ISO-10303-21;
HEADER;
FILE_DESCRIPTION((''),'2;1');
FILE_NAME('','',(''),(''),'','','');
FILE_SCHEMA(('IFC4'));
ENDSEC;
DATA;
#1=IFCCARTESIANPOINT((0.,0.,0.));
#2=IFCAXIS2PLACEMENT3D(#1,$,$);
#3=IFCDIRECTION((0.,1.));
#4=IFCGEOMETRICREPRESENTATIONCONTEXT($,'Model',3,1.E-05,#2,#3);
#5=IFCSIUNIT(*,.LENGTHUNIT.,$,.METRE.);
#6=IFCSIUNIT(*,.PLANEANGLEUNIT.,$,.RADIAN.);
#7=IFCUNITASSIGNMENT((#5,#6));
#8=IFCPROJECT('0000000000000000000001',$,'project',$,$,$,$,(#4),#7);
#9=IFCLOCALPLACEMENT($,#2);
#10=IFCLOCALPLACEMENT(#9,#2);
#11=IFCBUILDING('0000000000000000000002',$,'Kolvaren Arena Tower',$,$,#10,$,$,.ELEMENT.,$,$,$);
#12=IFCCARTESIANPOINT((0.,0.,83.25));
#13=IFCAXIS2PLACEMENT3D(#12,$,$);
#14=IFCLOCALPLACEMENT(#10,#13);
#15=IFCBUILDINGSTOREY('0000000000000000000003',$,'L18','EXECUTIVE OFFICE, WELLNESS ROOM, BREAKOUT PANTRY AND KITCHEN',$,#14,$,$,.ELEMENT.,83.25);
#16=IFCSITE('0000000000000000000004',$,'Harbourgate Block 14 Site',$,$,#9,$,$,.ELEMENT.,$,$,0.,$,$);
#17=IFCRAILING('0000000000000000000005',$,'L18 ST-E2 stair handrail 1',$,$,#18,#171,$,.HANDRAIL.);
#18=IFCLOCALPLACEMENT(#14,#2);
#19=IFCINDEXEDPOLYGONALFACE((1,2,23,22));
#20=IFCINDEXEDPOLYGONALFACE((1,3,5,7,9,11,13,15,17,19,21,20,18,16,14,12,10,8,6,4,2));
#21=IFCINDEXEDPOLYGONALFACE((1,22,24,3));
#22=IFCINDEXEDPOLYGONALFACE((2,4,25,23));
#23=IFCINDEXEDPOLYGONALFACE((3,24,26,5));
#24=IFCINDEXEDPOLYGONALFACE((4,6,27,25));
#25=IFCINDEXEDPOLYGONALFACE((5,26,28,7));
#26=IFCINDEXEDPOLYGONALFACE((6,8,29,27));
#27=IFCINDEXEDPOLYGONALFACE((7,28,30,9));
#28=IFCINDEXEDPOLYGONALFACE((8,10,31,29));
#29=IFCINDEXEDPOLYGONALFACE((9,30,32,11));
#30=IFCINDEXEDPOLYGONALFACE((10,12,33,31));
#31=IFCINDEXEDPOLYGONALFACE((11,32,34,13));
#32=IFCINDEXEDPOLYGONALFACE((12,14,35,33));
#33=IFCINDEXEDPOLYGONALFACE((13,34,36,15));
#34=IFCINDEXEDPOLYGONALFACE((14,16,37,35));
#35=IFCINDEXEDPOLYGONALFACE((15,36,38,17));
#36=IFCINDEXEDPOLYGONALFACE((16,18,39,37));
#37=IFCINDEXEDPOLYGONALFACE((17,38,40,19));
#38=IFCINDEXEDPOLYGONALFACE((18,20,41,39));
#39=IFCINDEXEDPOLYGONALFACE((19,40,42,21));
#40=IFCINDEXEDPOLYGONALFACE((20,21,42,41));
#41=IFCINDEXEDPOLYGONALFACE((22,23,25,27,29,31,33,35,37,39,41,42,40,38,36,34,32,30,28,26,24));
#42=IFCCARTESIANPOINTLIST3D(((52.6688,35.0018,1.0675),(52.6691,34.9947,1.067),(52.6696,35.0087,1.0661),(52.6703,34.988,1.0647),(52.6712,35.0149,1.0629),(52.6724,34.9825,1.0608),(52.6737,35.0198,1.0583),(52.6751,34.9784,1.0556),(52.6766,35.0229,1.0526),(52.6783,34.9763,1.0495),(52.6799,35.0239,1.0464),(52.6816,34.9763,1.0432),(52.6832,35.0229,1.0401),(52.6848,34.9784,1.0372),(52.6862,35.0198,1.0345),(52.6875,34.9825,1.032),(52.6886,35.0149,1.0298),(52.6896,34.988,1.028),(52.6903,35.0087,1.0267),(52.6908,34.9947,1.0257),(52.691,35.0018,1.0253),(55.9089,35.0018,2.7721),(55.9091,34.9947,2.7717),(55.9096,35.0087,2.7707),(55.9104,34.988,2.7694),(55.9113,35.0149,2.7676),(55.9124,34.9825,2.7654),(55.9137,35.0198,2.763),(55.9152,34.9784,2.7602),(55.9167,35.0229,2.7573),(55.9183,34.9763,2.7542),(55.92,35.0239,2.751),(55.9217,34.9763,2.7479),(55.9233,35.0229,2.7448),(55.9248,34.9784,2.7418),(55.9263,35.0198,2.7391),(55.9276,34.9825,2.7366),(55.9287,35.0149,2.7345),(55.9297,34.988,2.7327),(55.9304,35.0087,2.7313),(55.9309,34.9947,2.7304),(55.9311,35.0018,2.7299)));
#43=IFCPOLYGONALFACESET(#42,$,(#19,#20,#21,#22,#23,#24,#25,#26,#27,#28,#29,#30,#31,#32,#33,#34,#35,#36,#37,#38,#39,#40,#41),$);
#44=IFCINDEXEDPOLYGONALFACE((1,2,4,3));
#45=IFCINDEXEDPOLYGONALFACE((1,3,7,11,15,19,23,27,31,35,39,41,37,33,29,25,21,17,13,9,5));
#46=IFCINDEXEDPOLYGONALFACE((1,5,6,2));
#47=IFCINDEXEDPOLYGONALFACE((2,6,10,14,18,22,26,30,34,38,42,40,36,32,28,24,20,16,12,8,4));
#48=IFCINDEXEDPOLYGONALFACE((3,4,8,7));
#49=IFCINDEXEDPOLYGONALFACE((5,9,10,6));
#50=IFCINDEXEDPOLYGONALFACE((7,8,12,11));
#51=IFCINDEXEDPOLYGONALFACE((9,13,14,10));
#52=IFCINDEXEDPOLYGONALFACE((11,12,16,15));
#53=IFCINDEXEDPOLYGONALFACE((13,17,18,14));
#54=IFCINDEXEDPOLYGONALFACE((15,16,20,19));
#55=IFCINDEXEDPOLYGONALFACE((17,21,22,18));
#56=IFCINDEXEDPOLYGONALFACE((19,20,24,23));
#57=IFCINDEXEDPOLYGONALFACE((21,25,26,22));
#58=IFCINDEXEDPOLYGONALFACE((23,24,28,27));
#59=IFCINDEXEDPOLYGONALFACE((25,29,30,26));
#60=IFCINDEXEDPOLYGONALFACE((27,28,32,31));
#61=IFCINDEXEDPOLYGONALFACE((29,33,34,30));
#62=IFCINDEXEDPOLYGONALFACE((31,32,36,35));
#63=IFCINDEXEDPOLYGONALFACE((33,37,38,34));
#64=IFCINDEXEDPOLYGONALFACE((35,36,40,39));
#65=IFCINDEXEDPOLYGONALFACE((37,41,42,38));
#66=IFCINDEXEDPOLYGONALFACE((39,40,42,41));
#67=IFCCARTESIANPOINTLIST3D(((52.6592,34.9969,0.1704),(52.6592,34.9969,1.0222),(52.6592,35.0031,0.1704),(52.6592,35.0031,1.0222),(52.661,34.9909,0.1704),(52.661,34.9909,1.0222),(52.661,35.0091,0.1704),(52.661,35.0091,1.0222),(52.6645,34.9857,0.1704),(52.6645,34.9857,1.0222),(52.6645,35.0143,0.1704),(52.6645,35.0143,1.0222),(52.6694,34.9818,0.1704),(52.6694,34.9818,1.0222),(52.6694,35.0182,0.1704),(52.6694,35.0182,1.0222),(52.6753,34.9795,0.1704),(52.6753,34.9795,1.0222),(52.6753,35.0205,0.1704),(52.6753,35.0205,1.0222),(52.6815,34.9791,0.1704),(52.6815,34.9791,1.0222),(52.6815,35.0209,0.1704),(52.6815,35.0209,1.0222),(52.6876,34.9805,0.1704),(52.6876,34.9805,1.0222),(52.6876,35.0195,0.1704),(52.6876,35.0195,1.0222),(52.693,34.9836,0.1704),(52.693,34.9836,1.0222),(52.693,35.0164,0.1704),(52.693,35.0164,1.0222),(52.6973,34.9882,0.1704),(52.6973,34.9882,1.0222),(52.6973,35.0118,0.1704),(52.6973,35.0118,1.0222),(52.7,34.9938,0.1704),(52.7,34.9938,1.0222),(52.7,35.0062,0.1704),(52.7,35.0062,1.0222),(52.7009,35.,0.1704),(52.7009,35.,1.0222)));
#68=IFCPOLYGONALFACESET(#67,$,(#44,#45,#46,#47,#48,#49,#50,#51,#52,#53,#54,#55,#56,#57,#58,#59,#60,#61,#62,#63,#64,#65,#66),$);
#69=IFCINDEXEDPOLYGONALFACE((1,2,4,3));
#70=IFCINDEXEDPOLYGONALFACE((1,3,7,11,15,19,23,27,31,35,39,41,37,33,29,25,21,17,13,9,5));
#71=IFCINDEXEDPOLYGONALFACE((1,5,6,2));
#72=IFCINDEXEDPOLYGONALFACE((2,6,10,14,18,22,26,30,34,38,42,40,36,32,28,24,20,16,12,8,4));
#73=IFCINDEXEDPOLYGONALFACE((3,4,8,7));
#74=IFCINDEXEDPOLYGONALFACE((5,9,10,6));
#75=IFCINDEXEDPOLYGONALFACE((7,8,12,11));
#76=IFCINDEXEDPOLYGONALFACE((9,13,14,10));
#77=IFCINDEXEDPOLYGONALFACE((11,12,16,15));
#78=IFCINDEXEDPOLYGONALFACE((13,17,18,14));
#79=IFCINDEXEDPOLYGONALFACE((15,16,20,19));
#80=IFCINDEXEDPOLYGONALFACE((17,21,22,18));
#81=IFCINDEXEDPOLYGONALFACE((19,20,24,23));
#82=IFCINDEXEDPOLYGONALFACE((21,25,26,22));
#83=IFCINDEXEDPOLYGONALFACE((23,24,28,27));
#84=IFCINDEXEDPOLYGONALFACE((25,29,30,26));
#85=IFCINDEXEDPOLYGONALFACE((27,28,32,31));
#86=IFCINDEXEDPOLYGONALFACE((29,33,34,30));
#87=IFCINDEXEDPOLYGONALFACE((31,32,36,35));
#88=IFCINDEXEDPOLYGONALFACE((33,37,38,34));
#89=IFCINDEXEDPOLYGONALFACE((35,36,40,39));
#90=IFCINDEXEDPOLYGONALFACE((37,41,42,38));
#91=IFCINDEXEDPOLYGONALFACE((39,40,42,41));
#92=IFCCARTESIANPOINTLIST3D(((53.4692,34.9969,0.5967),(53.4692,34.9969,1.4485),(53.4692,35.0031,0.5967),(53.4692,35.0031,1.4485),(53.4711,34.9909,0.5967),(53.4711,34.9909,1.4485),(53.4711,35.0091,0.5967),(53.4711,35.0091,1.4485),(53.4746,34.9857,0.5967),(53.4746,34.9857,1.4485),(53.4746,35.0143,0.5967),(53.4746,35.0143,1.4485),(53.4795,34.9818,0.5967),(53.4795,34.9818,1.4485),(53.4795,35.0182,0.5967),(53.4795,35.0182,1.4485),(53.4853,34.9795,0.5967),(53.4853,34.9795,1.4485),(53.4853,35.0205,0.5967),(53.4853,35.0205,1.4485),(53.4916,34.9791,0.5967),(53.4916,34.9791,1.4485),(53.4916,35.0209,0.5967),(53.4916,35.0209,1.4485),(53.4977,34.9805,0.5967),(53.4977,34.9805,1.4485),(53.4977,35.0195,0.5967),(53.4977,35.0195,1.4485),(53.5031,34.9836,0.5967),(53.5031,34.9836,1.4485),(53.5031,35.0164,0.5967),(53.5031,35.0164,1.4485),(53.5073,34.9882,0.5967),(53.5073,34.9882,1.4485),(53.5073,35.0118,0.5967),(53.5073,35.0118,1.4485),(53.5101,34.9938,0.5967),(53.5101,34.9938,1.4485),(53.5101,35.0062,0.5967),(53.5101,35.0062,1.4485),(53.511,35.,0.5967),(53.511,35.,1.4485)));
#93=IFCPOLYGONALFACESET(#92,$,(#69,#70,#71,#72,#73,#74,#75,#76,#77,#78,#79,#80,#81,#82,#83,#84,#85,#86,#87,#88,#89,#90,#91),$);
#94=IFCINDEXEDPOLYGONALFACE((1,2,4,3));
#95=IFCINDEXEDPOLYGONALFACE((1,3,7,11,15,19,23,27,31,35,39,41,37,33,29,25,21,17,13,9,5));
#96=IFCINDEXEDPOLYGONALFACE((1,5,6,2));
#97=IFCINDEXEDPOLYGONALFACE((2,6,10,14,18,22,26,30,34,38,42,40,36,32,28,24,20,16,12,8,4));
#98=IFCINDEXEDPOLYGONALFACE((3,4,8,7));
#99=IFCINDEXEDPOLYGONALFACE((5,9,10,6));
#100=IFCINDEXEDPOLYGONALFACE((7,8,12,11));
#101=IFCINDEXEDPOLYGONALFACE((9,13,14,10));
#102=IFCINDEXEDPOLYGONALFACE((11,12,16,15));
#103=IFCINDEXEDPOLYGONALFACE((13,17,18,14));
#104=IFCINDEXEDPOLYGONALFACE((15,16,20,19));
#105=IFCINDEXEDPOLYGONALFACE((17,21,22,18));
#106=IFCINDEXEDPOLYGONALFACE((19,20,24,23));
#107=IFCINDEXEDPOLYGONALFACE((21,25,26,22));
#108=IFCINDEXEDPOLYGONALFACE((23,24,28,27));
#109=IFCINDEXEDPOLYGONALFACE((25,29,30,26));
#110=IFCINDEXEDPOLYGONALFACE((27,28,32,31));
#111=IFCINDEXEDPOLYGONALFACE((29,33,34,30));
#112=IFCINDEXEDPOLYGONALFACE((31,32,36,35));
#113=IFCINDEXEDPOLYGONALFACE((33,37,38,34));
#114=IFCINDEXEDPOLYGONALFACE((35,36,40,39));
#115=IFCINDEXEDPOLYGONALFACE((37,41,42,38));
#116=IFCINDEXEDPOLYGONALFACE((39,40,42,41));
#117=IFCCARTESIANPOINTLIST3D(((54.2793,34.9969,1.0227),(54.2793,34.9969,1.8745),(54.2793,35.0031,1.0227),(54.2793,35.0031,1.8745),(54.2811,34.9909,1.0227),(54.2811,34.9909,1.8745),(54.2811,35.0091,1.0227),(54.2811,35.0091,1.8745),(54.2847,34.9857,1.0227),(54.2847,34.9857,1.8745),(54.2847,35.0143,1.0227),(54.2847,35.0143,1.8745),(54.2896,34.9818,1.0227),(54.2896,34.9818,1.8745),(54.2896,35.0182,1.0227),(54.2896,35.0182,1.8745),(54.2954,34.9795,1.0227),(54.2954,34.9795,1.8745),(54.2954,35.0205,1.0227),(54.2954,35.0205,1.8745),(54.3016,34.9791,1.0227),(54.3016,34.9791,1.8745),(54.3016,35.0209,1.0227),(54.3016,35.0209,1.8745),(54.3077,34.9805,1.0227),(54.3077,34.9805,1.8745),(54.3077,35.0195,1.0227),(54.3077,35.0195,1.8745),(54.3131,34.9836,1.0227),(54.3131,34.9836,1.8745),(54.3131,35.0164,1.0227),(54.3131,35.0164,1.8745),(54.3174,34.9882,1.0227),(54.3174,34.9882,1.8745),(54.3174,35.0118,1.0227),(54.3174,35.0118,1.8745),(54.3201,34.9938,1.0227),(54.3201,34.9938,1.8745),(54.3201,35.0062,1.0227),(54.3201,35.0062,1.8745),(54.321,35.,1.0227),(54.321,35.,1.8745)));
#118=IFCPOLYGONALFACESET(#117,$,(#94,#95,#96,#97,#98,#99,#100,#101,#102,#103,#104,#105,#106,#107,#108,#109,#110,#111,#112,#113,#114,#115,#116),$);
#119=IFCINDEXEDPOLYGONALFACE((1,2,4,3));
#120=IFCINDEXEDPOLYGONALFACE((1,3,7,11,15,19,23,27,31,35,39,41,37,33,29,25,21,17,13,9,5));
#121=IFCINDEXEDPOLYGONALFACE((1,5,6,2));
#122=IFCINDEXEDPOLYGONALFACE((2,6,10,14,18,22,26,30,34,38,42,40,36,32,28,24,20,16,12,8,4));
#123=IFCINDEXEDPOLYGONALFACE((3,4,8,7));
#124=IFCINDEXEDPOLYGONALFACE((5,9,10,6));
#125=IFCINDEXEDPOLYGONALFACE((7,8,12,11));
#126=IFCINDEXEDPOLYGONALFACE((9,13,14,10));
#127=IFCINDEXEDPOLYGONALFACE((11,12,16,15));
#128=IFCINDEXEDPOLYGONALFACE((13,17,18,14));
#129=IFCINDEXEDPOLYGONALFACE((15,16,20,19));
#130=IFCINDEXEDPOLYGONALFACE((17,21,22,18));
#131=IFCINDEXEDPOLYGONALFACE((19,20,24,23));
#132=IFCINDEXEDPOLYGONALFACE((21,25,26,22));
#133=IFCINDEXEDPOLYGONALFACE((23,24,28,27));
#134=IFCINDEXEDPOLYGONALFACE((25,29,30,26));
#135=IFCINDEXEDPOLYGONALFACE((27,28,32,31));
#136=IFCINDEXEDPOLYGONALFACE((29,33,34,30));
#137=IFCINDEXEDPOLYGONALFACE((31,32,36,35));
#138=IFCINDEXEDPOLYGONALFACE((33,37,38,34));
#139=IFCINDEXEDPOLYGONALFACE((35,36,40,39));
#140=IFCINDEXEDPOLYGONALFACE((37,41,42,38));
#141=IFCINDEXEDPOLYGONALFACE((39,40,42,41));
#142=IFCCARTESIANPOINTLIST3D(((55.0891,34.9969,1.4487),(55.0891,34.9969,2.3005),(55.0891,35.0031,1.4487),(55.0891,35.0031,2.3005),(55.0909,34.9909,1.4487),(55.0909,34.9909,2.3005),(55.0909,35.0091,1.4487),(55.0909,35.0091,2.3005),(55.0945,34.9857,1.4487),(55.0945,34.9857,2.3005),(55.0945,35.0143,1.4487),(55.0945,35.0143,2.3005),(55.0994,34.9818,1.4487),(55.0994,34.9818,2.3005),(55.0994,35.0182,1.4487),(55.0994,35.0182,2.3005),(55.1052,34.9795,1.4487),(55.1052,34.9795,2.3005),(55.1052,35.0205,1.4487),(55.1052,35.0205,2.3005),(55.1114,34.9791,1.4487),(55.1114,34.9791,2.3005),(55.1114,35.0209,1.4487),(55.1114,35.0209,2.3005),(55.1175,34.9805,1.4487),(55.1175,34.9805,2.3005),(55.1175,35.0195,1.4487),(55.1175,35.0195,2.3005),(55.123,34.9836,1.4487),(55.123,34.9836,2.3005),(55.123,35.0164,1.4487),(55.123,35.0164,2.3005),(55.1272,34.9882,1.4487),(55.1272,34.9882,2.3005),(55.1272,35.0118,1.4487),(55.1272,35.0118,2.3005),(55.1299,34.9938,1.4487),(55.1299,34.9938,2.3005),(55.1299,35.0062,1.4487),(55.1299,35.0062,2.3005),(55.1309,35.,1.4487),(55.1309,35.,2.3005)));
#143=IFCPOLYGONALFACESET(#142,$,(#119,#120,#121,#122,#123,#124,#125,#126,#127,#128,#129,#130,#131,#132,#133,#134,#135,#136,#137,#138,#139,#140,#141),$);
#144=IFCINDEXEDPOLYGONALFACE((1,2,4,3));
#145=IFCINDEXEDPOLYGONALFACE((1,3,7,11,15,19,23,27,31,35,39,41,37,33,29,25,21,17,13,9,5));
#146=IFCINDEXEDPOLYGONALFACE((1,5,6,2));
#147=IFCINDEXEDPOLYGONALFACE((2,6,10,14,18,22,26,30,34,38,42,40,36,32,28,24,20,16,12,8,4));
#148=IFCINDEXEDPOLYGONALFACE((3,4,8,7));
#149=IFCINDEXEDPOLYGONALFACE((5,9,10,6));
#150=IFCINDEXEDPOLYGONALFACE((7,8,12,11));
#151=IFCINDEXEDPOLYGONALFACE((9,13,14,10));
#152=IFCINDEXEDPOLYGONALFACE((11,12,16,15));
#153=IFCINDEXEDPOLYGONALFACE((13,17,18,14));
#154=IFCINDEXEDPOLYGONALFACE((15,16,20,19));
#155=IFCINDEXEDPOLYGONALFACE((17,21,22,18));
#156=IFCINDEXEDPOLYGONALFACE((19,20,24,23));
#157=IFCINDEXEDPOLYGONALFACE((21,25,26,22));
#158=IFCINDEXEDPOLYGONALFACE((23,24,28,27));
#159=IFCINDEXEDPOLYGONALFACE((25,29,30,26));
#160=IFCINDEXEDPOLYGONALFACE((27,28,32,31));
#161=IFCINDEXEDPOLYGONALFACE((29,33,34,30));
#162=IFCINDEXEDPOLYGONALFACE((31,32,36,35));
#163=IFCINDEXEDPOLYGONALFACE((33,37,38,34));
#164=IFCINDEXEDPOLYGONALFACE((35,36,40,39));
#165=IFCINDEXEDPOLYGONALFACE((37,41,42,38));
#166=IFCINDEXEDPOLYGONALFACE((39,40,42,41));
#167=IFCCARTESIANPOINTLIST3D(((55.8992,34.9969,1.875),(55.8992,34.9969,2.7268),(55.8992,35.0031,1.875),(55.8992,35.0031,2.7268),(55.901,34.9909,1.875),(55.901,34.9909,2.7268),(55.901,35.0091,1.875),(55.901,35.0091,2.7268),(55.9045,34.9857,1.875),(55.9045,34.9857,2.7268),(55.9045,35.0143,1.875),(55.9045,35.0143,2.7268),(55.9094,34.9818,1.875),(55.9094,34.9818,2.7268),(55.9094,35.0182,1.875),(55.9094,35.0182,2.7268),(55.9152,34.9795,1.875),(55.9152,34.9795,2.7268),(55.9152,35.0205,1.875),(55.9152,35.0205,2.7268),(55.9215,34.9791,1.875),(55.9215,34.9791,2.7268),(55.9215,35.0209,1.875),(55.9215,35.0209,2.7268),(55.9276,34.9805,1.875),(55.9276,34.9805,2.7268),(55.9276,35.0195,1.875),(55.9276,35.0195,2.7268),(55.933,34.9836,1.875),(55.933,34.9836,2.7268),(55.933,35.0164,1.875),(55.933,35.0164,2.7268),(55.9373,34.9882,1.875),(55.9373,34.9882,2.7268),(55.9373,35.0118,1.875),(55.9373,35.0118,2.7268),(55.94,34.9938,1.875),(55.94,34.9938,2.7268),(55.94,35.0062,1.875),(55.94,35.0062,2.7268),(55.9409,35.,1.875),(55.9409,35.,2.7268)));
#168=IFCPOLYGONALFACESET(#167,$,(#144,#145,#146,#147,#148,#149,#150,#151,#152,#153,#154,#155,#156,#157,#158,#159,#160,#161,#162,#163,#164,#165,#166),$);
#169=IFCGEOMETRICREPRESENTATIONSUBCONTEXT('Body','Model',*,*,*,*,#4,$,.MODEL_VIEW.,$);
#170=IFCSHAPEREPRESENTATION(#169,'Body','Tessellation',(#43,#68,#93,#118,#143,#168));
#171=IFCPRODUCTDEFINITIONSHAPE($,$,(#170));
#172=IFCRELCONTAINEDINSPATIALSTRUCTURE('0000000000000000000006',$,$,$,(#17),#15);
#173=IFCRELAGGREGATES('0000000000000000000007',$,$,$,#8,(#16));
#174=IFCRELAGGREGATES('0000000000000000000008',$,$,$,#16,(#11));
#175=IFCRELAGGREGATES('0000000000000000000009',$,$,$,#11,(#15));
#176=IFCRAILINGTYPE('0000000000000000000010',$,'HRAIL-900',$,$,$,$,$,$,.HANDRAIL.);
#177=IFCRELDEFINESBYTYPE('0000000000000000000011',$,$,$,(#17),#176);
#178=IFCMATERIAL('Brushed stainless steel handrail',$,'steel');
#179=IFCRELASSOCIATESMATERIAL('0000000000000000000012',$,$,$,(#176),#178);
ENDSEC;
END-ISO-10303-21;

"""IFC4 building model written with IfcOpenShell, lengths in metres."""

from ifc_helpers import new_model, si_unit, direction, frame, origin, origin_2d, place, context, subcontext, project, spatial, circle, extrude, material, type_object, element, save


model = new_model("IFC4")

# Units and contexts
model_context = context("Model", 3, precision=1e-05, world=origin(), true_north=direction((0.0, 1.0)))
body_context = subcontext(model_context, "Body", "Model", "MODEL_VIEW")
ifc_project = project(units=[si_unit("LENGTHUNIT", "METRE"), si_unit("PLANEANGLEUNIT", "RADIAN")], contexts=[model_context])

# Site, building, storey
site_placement = place(None, origin())
site = spatial("IfcSite", under=ifc_project, at=site_placement, Name="Harbourgate Block 14 Site", CompositionType="ELEMENT", RefElevation=0.0)
building_placement = place(site_placement, origin())
building = spatial("IfcBuilding", under=site, at=building_placement, Name="Kolvaren Arena Tower", CompositionType="ELEMENT")
storey_placement = place(building_placement, frame((0.0, 0.0, 83.25)))
storey = spatial("IfcBuildingStorey", under=building, at=storey_placement, Name="L18", Description="EXECUTIVE OFFICE, WELLNESS ROOM, BREAKOUT PANTRY AND KITCHEN", CompositionType="ELEMENT", Elevation=83.25)

# Railing
ifc_material_1 = material(Name="Brushed stainless steel handrail", Category="steel")
railing_type_1 = type_object("IfcRailingType", Name="HRAIL-900", PredefinedType="HANDRAIL", material=ifc_material_1)
railing_1_placement = place(storey_placement, frame((52.6799, 35.0, 0.1704)))
element("IfcRailing", 1, at=railing_1_placement, inside=storey, type_object=railing_type_1, Name="L18 ST-E2 stair handrail 1", PredefinedType="HANDRAIL", context=body_context, shape_type="SweptSolid", body=[
    extrude(circle(Radius=0.0239, at=origin_2d()), frame((0.0, 0.0, 0.876), z_axis=(0.884993, 0.0, 0.465604), x_axis=(0.0, 1.0, 0.0)), (0.0, 0.0, 1.0), 3.6611),
    extrude(circle(Radius=0.021, at=origin_2d()), origin(), (0.0, 0.0, 1.0), 0.8518),
    extrude(circle(Radius=0.021, at=origin_2d()), frame((0.8101, 0.0, 0.4263)), (0.0, 0.0, 1.0), 0.8518),
    extrude(circle(Radius=0.021, at=origin_2d()), frame((1.6201, 0.0, 0.8523)), (0.0, 0.0, 1.0), 0.8518),
    extrude(circle(Radius=0.021, at=origin_2d()), frame((2.4299, 0.0, 1.2783)), (0.0, 0.0, 1.0), 0.8518),
    extrude(circle(Radius=0.021, at=origin_2d()), frame((3.24, 0.0, 1.7046)), (0.0, 0.0, 1.0), 0.8518),
])

save(model, "model.ifc")
